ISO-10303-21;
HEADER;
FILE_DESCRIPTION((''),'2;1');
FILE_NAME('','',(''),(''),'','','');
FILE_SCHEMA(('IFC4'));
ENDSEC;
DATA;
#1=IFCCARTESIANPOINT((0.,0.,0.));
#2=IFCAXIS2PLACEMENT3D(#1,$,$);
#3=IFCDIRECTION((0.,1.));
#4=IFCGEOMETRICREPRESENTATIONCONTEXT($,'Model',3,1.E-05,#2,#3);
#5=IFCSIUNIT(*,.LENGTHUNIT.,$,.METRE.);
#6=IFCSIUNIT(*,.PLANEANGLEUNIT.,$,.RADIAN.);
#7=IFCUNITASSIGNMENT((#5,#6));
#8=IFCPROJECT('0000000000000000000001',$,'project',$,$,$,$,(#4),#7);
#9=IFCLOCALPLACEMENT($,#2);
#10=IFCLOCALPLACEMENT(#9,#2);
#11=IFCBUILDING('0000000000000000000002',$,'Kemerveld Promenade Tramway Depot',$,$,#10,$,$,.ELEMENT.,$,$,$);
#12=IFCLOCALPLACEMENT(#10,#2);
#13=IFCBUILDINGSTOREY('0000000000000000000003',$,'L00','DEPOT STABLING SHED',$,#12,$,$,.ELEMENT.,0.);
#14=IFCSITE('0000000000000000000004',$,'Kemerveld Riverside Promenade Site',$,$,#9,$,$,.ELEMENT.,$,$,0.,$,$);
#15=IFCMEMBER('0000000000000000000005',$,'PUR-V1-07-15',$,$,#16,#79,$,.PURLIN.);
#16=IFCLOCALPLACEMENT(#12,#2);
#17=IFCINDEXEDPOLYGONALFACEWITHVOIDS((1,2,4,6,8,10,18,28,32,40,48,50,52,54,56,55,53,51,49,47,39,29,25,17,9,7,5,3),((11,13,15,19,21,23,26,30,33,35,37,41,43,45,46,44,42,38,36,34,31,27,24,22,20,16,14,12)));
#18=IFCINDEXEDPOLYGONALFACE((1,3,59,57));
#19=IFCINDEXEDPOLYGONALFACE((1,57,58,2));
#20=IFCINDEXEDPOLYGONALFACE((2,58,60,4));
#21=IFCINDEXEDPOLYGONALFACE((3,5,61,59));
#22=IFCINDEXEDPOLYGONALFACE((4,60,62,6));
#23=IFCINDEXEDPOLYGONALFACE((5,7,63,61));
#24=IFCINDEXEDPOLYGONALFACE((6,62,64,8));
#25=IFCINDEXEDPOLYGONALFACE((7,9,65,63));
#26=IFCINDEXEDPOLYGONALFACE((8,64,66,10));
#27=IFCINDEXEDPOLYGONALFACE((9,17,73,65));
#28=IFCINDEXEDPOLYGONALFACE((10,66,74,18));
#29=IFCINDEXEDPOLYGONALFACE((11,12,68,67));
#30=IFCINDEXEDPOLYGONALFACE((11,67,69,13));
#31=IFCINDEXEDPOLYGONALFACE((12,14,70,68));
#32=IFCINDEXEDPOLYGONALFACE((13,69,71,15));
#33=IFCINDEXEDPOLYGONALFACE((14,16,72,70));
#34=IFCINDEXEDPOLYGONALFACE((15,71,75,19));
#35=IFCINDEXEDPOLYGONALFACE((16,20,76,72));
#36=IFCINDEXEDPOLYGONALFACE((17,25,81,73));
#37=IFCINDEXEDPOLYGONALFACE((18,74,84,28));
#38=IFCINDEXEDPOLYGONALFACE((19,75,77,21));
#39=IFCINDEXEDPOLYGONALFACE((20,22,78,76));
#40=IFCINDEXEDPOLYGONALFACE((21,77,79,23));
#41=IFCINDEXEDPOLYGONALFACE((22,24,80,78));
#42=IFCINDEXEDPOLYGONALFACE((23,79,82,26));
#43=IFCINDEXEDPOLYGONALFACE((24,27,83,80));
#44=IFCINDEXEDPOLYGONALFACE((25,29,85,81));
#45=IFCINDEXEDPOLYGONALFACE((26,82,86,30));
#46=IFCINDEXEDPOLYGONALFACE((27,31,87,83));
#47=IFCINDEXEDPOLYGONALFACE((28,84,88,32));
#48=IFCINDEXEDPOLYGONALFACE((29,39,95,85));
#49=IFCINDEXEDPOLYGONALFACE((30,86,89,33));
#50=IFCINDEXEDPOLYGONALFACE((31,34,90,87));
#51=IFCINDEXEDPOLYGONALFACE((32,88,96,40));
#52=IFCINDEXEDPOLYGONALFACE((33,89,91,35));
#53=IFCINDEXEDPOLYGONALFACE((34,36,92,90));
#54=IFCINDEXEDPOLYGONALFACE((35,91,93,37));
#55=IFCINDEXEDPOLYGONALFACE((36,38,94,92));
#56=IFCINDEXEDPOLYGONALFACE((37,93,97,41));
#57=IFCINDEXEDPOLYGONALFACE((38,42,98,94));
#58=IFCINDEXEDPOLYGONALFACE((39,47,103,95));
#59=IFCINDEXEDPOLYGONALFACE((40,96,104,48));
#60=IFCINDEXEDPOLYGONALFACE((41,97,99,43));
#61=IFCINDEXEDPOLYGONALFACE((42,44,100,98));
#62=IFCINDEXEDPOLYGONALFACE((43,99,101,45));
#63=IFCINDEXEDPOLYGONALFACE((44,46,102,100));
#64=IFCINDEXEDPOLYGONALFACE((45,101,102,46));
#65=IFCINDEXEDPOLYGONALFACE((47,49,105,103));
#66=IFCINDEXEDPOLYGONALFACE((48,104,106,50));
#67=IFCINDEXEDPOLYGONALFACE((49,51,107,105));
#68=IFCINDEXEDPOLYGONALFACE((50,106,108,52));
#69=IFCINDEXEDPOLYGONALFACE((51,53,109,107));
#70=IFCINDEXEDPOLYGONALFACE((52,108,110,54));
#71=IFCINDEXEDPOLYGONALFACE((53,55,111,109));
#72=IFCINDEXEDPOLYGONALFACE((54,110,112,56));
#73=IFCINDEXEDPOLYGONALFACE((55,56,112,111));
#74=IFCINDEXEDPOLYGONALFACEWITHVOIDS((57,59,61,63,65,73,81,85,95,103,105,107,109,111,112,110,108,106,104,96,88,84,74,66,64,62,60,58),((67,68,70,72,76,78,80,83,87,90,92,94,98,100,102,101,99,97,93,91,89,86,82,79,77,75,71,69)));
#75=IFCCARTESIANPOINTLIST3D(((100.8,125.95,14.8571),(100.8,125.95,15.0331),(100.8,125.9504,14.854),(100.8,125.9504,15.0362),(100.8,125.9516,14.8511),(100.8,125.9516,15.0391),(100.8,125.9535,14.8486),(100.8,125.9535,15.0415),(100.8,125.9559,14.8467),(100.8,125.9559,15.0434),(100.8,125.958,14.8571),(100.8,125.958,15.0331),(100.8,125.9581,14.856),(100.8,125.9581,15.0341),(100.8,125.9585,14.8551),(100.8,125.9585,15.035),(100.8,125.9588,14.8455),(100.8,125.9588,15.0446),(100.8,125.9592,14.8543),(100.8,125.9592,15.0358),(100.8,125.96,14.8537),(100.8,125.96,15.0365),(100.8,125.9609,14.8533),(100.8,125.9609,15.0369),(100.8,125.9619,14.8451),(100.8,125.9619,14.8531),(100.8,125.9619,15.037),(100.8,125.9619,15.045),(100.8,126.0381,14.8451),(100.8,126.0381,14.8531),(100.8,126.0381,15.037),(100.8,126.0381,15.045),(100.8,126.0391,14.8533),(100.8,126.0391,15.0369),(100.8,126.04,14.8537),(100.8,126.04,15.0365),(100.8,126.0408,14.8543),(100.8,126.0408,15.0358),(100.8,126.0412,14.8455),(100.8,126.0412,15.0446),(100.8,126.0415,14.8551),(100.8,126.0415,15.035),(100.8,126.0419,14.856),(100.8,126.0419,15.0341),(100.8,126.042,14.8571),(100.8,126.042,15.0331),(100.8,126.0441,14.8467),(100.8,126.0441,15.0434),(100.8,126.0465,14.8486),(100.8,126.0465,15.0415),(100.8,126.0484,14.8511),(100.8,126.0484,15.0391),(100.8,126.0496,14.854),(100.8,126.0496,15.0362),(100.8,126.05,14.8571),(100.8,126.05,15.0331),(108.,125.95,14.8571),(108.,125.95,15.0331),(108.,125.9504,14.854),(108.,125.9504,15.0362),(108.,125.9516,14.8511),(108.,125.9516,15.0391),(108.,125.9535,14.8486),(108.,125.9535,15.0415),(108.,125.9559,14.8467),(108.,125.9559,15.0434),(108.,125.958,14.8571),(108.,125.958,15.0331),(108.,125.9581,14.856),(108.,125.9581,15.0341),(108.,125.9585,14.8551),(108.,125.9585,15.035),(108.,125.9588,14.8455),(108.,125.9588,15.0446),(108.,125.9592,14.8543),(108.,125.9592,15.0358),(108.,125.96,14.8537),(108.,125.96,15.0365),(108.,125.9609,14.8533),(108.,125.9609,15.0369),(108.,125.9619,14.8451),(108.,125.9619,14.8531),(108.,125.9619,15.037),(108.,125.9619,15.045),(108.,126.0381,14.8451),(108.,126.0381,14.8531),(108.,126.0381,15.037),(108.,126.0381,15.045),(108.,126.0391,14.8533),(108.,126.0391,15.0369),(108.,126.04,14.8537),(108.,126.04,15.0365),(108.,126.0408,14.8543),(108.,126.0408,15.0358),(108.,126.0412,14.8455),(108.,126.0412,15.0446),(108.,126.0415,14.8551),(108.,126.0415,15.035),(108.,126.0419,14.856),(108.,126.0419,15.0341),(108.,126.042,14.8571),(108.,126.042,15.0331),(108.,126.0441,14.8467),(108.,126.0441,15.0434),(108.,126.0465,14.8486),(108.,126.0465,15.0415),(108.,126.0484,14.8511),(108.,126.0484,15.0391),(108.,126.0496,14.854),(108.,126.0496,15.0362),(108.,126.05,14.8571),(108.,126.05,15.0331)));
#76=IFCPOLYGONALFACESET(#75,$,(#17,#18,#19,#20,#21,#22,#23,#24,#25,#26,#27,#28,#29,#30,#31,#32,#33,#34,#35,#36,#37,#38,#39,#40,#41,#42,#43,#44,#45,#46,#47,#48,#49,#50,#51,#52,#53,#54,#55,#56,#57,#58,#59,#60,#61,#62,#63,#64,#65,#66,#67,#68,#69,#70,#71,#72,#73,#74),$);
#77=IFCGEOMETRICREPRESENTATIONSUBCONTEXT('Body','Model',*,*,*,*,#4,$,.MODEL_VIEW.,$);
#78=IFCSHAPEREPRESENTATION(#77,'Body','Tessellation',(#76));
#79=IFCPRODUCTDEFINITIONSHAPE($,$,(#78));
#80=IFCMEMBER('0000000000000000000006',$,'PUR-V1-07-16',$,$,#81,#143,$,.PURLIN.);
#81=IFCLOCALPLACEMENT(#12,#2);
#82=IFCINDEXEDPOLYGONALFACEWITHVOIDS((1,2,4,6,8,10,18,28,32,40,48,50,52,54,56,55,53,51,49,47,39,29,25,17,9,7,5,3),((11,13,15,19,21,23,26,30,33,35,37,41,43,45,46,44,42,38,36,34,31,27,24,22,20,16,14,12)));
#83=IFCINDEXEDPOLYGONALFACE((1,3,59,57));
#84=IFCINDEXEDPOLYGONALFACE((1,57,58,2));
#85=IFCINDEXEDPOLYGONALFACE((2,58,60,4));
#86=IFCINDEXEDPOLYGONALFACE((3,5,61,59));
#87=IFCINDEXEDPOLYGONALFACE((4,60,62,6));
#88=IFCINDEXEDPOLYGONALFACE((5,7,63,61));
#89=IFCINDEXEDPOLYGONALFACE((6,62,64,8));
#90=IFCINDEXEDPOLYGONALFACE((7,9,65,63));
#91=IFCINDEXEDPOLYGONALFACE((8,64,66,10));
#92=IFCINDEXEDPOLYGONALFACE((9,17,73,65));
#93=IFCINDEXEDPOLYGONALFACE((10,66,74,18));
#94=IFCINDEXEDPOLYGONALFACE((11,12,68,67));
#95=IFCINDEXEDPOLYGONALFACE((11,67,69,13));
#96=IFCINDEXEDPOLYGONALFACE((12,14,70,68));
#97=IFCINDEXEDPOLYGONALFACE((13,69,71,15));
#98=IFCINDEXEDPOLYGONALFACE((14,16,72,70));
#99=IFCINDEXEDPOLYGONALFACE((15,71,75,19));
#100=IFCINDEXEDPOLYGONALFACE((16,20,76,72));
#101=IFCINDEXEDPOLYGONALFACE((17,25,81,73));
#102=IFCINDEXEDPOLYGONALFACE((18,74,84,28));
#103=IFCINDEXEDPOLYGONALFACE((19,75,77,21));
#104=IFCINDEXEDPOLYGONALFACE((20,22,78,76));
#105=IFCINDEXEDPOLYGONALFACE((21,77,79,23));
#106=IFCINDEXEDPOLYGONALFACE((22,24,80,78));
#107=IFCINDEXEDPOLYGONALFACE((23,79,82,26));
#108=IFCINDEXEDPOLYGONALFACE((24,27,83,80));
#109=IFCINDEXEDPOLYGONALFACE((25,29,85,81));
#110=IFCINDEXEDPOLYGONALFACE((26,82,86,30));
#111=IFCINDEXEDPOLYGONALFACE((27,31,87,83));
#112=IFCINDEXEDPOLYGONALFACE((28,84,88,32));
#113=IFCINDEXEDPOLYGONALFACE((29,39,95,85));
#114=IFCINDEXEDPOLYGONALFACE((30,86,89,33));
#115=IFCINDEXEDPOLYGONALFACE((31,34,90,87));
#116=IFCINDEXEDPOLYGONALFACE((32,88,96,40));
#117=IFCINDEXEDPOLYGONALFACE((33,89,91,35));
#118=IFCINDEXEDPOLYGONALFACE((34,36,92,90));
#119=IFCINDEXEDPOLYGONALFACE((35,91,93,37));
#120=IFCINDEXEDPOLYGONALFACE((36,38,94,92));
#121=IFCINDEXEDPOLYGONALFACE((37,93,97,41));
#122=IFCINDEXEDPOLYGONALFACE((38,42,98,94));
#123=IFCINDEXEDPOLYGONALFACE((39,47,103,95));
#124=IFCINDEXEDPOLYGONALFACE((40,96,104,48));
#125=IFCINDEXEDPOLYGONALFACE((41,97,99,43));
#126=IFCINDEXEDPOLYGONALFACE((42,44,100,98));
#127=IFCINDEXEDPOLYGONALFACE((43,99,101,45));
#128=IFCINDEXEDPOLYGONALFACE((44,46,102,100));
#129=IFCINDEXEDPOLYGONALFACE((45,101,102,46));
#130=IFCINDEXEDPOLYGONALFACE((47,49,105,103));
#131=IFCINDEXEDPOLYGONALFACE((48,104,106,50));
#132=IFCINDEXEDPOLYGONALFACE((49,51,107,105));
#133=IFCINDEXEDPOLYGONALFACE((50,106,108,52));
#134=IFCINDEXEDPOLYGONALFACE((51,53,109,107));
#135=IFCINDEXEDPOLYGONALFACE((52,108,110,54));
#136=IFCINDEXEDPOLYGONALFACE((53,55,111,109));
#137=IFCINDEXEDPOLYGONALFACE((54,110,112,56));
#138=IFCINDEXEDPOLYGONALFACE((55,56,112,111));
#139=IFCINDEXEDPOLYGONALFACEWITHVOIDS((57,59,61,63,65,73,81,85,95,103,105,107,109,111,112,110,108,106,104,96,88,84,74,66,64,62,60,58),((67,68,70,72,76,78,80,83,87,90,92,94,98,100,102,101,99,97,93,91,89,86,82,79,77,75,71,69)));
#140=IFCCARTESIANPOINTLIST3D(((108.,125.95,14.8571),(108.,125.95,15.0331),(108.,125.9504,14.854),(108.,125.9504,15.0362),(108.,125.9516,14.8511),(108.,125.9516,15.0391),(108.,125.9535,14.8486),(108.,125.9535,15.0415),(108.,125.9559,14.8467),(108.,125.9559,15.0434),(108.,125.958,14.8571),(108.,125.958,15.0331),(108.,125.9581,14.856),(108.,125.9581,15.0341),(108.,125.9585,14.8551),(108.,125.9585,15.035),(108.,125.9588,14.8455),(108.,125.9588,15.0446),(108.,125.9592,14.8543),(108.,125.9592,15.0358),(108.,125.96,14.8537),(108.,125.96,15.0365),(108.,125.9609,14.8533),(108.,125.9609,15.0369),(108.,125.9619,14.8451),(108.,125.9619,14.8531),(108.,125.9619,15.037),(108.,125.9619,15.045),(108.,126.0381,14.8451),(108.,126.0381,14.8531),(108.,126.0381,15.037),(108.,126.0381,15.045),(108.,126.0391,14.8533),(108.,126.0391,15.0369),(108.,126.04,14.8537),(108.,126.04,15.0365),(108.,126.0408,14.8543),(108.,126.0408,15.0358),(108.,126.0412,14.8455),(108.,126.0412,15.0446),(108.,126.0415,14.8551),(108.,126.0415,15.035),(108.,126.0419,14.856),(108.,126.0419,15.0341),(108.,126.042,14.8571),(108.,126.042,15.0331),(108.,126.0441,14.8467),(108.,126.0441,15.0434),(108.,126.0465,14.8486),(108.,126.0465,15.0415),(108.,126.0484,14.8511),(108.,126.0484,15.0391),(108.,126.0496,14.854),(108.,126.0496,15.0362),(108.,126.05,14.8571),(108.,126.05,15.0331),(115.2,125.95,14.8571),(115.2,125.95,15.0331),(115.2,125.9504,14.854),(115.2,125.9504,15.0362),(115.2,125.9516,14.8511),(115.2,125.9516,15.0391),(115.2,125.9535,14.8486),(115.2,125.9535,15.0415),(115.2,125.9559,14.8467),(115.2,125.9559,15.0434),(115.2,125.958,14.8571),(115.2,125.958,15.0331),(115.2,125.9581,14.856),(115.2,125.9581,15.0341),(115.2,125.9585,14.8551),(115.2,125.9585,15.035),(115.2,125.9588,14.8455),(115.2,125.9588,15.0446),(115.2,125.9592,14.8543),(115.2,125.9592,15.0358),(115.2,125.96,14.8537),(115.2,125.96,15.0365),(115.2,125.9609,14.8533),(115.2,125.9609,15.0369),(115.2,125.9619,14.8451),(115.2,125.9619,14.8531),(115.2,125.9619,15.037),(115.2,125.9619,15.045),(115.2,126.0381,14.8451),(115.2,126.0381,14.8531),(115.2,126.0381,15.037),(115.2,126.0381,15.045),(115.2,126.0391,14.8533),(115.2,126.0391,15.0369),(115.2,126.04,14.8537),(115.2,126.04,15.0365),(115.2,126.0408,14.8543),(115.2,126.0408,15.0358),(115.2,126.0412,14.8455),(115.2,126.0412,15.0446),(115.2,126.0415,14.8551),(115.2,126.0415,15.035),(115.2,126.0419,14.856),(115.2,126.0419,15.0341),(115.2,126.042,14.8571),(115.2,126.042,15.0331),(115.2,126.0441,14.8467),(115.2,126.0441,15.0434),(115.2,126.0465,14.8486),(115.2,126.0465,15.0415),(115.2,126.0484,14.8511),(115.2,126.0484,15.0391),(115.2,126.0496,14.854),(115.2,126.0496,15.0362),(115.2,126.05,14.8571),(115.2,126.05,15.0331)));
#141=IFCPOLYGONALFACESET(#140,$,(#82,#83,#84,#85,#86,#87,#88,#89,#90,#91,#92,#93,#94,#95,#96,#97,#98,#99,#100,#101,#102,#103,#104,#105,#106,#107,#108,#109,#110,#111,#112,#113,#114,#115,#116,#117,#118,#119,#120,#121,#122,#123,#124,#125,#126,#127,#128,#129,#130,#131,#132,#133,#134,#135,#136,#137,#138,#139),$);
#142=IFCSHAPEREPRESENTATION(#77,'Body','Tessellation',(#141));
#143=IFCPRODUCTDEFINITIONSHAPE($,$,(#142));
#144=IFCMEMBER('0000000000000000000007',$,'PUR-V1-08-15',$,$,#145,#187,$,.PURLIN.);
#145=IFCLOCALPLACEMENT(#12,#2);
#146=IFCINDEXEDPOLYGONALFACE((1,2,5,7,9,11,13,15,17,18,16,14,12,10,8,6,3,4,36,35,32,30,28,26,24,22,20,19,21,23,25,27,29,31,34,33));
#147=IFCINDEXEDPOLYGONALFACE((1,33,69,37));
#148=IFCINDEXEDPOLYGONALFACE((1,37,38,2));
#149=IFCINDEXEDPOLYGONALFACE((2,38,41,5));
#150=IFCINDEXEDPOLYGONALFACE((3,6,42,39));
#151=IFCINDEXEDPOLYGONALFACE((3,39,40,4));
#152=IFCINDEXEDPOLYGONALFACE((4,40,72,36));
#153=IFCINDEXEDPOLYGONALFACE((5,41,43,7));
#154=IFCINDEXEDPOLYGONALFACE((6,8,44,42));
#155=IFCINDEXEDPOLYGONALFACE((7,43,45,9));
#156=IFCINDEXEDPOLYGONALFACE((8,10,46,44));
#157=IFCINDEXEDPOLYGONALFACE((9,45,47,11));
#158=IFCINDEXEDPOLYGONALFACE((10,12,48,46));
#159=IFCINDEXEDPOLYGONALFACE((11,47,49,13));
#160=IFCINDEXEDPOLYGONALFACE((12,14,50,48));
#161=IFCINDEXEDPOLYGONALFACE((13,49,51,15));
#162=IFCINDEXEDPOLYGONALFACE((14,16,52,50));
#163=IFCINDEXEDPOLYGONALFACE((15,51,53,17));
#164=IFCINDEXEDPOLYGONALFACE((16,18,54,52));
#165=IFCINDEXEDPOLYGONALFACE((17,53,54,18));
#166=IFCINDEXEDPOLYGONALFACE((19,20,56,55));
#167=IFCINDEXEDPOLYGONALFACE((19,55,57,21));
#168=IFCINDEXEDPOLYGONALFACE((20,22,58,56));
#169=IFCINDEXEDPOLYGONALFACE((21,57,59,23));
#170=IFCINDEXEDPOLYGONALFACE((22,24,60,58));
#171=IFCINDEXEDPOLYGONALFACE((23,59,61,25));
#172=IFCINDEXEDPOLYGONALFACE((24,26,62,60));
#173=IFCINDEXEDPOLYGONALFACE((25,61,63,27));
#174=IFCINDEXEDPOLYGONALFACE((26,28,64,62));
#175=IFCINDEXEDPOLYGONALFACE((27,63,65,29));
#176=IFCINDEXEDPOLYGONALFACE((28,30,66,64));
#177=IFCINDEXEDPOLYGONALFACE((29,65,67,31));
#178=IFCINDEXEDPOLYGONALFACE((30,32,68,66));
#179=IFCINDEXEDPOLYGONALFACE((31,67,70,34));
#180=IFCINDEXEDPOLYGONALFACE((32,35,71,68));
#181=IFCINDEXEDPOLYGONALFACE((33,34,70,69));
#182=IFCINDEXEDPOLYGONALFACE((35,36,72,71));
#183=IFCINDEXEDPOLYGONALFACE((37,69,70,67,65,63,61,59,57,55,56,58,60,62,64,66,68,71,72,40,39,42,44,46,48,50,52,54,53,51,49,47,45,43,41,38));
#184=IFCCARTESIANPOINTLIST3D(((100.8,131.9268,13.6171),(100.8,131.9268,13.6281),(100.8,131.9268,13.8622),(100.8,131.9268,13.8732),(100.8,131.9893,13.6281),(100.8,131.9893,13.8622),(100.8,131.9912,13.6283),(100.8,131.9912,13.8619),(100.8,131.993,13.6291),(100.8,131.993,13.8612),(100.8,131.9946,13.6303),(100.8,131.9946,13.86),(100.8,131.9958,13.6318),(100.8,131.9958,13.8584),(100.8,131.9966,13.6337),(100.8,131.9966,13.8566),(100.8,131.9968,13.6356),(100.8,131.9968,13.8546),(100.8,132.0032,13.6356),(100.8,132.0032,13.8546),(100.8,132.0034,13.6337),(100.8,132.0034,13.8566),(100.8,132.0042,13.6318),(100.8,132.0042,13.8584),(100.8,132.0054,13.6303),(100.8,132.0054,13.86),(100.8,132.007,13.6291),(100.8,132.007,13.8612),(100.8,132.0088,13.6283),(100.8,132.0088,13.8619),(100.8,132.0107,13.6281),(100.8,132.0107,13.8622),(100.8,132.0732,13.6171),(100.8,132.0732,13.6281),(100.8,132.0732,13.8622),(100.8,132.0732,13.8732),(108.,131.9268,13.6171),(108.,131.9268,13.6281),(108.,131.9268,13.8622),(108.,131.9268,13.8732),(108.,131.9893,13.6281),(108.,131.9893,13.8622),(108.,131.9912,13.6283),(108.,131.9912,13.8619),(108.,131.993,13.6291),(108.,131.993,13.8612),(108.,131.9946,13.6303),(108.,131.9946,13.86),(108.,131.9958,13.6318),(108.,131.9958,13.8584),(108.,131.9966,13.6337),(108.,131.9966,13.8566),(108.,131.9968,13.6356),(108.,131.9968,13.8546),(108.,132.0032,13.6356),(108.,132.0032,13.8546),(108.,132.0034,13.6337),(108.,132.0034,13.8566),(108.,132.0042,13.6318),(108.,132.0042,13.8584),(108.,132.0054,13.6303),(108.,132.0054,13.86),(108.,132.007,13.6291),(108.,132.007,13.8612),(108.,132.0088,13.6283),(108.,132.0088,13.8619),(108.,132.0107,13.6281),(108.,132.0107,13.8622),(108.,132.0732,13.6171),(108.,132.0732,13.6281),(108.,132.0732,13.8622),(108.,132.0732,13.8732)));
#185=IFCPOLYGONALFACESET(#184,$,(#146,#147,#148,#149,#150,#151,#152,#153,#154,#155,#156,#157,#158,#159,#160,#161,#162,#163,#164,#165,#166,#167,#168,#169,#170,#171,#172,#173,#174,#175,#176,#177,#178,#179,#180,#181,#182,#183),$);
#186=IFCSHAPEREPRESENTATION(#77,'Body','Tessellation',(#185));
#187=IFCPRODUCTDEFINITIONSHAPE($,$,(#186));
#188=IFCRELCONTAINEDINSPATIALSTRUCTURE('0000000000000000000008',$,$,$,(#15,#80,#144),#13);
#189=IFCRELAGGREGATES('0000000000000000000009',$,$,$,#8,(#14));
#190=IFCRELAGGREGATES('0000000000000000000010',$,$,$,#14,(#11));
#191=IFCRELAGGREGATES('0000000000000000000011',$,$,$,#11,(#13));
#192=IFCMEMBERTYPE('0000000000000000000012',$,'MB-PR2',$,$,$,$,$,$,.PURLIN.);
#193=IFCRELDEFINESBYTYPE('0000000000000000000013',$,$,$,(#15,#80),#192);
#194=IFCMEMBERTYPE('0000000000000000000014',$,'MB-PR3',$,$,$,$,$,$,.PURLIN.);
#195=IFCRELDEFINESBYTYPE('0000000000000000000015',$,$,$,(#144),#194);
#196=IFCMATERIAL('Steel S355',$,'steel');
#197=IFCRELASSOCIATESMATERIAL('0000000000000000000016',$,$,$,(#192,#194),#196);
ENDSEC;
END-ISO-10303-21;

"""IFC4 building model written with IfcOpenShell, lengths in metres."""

from ifc_helpers import new_model, si_unit, direction, frame, origin, origin_2d, place, context, subcontext, project, spatial, hollow_rectangle, i_section, extrude, material, material_profile, profile_set, type_object, element, save


model = new_model("IFC4")

# Units and contexts
model_context = context("Model", 3, precision=1e-05, world=origin(), true_north=direction((0.0, 1.0)))
body_context = subcontext(model_context, "Body", "Model", "MODEL_VIEW")
ifc_project = project(units=[si_unit("LENGTHUNIT", "METRE"), si_unit("PLANEANGLEUNIT", "RADIAN")], contexts=[model_context])

# Site, building, storey
site_placement = place(None, origin())
site = spatial("IfcSite", under=ifc_project, at=site_placement, Name="Kemerveld Riverside Promenade Site", CompositionType="ELEMENT", RefElevation=0.0)
building_placement = place(site_placement, origin())
building = spatial("IfcBuilding", under=site, at=building_placement, Name="Kemerveld Promenade Tramway Depot", CompositionType="ELEMENT")
storey_placement = place(building_placement, origin())
storey = spatial("IfcBuildingStorey", under=building, at=storey_placement, Name="L00", Description="DEPOT STABLING SHED", CompositionType="ELEMENT", Elevation=0.0)

# Members
ifc_material_1 = material(Name="Steel S355", Category="steel")
ifc_material_profile_1 = material_profile(ifc_material_1, hollow_rectangle(XDim=0.1001, YDim=0.2, WallThickness=0.0081, InnerFilletRadius=0.0039, OuterFilletRadius=0.012, at=origin_2d()), Name="200x100x8.0 RHS")
ifc_profile_set_1 = profile_set([ifc_material_profile_1], Name="Steel S355")
member_type_1 = type_object("IfcMemberType", Name="MB-PR2", PredefinedType="PURLIN", material=ifc_profile_set_1)
for number, where, z_axis, x_axis, name in (
    (1, (100.8, 126.0, 14.9451), (1.0, 0.0, 0.0), (0.0, 1.0, 0.0), "PUR-V1-07-15"),
    (2, (108.0, 126.0, 14.9451), (1.0, 0.0, 0.0), (0.0, 1.0, 0.0), "PUR-V1-07-16"),
):
    element("IfcMember", number, at=place(storey_placement, frame(where, z_axis=z_axis, x_axis=x_axis)), inside=storey, type_object=member_type_1, Name=name, PredefinedType="PURLIN", context=body_context, shape_type="SweptSolid", body=[
        extrude(hollow_rectangle(XDim=0.1001, YDim=0.2, WallThickness=0.0081, InnerFilletRadius=0.0039, OuterFilletRadius=0.012, at=origin_2d()), origin(), (0.0, 0.0, 1.0), 7.2),
    ])
ifc_material_profile_2 = material_profile(ifc_material_1, i_section(OverallWidth=0.1465, OverallDepth=0.2561, WebThickness=0.0063, FlangeThickness=0.011, FilletRadius=0.0076, at=origin_2d()), Name="254x146x37 UB")
ifc_profile_set_2 = profile_set([ifc_material_profile_2], Name="Steel S355")
member_type_2 = type_object("IfcMemberType", Name="MB-PR3", PredefinedType="PURLIN", material=ifc_profile_set_2)
member_1_placement = place(storey_placement, frame((100.8, 132.0, 13.7451), z_axis=(1.0, 0.0, 0.0), x_axis=(0.0, 1.0, 0.0)))
element("IfcMember", 3, at=member_1_placement, inside=storey, type_object=member_type_2, Name="PUR-V1-08-15", PredefinedType="PURLIN", context=body_context, shape_type="SweptSolid", body=[
    extrude(i_section(OverallWidth=0.1465, OverallDepth=0.2561, WebThickness=0.0063, FlangeThickness=0.011, FilletRadius=0.0076, at=origin_2d()), origin(), (0.0, 0.0, 1.0), 7.2),
])

save(model, "model.ifc")
